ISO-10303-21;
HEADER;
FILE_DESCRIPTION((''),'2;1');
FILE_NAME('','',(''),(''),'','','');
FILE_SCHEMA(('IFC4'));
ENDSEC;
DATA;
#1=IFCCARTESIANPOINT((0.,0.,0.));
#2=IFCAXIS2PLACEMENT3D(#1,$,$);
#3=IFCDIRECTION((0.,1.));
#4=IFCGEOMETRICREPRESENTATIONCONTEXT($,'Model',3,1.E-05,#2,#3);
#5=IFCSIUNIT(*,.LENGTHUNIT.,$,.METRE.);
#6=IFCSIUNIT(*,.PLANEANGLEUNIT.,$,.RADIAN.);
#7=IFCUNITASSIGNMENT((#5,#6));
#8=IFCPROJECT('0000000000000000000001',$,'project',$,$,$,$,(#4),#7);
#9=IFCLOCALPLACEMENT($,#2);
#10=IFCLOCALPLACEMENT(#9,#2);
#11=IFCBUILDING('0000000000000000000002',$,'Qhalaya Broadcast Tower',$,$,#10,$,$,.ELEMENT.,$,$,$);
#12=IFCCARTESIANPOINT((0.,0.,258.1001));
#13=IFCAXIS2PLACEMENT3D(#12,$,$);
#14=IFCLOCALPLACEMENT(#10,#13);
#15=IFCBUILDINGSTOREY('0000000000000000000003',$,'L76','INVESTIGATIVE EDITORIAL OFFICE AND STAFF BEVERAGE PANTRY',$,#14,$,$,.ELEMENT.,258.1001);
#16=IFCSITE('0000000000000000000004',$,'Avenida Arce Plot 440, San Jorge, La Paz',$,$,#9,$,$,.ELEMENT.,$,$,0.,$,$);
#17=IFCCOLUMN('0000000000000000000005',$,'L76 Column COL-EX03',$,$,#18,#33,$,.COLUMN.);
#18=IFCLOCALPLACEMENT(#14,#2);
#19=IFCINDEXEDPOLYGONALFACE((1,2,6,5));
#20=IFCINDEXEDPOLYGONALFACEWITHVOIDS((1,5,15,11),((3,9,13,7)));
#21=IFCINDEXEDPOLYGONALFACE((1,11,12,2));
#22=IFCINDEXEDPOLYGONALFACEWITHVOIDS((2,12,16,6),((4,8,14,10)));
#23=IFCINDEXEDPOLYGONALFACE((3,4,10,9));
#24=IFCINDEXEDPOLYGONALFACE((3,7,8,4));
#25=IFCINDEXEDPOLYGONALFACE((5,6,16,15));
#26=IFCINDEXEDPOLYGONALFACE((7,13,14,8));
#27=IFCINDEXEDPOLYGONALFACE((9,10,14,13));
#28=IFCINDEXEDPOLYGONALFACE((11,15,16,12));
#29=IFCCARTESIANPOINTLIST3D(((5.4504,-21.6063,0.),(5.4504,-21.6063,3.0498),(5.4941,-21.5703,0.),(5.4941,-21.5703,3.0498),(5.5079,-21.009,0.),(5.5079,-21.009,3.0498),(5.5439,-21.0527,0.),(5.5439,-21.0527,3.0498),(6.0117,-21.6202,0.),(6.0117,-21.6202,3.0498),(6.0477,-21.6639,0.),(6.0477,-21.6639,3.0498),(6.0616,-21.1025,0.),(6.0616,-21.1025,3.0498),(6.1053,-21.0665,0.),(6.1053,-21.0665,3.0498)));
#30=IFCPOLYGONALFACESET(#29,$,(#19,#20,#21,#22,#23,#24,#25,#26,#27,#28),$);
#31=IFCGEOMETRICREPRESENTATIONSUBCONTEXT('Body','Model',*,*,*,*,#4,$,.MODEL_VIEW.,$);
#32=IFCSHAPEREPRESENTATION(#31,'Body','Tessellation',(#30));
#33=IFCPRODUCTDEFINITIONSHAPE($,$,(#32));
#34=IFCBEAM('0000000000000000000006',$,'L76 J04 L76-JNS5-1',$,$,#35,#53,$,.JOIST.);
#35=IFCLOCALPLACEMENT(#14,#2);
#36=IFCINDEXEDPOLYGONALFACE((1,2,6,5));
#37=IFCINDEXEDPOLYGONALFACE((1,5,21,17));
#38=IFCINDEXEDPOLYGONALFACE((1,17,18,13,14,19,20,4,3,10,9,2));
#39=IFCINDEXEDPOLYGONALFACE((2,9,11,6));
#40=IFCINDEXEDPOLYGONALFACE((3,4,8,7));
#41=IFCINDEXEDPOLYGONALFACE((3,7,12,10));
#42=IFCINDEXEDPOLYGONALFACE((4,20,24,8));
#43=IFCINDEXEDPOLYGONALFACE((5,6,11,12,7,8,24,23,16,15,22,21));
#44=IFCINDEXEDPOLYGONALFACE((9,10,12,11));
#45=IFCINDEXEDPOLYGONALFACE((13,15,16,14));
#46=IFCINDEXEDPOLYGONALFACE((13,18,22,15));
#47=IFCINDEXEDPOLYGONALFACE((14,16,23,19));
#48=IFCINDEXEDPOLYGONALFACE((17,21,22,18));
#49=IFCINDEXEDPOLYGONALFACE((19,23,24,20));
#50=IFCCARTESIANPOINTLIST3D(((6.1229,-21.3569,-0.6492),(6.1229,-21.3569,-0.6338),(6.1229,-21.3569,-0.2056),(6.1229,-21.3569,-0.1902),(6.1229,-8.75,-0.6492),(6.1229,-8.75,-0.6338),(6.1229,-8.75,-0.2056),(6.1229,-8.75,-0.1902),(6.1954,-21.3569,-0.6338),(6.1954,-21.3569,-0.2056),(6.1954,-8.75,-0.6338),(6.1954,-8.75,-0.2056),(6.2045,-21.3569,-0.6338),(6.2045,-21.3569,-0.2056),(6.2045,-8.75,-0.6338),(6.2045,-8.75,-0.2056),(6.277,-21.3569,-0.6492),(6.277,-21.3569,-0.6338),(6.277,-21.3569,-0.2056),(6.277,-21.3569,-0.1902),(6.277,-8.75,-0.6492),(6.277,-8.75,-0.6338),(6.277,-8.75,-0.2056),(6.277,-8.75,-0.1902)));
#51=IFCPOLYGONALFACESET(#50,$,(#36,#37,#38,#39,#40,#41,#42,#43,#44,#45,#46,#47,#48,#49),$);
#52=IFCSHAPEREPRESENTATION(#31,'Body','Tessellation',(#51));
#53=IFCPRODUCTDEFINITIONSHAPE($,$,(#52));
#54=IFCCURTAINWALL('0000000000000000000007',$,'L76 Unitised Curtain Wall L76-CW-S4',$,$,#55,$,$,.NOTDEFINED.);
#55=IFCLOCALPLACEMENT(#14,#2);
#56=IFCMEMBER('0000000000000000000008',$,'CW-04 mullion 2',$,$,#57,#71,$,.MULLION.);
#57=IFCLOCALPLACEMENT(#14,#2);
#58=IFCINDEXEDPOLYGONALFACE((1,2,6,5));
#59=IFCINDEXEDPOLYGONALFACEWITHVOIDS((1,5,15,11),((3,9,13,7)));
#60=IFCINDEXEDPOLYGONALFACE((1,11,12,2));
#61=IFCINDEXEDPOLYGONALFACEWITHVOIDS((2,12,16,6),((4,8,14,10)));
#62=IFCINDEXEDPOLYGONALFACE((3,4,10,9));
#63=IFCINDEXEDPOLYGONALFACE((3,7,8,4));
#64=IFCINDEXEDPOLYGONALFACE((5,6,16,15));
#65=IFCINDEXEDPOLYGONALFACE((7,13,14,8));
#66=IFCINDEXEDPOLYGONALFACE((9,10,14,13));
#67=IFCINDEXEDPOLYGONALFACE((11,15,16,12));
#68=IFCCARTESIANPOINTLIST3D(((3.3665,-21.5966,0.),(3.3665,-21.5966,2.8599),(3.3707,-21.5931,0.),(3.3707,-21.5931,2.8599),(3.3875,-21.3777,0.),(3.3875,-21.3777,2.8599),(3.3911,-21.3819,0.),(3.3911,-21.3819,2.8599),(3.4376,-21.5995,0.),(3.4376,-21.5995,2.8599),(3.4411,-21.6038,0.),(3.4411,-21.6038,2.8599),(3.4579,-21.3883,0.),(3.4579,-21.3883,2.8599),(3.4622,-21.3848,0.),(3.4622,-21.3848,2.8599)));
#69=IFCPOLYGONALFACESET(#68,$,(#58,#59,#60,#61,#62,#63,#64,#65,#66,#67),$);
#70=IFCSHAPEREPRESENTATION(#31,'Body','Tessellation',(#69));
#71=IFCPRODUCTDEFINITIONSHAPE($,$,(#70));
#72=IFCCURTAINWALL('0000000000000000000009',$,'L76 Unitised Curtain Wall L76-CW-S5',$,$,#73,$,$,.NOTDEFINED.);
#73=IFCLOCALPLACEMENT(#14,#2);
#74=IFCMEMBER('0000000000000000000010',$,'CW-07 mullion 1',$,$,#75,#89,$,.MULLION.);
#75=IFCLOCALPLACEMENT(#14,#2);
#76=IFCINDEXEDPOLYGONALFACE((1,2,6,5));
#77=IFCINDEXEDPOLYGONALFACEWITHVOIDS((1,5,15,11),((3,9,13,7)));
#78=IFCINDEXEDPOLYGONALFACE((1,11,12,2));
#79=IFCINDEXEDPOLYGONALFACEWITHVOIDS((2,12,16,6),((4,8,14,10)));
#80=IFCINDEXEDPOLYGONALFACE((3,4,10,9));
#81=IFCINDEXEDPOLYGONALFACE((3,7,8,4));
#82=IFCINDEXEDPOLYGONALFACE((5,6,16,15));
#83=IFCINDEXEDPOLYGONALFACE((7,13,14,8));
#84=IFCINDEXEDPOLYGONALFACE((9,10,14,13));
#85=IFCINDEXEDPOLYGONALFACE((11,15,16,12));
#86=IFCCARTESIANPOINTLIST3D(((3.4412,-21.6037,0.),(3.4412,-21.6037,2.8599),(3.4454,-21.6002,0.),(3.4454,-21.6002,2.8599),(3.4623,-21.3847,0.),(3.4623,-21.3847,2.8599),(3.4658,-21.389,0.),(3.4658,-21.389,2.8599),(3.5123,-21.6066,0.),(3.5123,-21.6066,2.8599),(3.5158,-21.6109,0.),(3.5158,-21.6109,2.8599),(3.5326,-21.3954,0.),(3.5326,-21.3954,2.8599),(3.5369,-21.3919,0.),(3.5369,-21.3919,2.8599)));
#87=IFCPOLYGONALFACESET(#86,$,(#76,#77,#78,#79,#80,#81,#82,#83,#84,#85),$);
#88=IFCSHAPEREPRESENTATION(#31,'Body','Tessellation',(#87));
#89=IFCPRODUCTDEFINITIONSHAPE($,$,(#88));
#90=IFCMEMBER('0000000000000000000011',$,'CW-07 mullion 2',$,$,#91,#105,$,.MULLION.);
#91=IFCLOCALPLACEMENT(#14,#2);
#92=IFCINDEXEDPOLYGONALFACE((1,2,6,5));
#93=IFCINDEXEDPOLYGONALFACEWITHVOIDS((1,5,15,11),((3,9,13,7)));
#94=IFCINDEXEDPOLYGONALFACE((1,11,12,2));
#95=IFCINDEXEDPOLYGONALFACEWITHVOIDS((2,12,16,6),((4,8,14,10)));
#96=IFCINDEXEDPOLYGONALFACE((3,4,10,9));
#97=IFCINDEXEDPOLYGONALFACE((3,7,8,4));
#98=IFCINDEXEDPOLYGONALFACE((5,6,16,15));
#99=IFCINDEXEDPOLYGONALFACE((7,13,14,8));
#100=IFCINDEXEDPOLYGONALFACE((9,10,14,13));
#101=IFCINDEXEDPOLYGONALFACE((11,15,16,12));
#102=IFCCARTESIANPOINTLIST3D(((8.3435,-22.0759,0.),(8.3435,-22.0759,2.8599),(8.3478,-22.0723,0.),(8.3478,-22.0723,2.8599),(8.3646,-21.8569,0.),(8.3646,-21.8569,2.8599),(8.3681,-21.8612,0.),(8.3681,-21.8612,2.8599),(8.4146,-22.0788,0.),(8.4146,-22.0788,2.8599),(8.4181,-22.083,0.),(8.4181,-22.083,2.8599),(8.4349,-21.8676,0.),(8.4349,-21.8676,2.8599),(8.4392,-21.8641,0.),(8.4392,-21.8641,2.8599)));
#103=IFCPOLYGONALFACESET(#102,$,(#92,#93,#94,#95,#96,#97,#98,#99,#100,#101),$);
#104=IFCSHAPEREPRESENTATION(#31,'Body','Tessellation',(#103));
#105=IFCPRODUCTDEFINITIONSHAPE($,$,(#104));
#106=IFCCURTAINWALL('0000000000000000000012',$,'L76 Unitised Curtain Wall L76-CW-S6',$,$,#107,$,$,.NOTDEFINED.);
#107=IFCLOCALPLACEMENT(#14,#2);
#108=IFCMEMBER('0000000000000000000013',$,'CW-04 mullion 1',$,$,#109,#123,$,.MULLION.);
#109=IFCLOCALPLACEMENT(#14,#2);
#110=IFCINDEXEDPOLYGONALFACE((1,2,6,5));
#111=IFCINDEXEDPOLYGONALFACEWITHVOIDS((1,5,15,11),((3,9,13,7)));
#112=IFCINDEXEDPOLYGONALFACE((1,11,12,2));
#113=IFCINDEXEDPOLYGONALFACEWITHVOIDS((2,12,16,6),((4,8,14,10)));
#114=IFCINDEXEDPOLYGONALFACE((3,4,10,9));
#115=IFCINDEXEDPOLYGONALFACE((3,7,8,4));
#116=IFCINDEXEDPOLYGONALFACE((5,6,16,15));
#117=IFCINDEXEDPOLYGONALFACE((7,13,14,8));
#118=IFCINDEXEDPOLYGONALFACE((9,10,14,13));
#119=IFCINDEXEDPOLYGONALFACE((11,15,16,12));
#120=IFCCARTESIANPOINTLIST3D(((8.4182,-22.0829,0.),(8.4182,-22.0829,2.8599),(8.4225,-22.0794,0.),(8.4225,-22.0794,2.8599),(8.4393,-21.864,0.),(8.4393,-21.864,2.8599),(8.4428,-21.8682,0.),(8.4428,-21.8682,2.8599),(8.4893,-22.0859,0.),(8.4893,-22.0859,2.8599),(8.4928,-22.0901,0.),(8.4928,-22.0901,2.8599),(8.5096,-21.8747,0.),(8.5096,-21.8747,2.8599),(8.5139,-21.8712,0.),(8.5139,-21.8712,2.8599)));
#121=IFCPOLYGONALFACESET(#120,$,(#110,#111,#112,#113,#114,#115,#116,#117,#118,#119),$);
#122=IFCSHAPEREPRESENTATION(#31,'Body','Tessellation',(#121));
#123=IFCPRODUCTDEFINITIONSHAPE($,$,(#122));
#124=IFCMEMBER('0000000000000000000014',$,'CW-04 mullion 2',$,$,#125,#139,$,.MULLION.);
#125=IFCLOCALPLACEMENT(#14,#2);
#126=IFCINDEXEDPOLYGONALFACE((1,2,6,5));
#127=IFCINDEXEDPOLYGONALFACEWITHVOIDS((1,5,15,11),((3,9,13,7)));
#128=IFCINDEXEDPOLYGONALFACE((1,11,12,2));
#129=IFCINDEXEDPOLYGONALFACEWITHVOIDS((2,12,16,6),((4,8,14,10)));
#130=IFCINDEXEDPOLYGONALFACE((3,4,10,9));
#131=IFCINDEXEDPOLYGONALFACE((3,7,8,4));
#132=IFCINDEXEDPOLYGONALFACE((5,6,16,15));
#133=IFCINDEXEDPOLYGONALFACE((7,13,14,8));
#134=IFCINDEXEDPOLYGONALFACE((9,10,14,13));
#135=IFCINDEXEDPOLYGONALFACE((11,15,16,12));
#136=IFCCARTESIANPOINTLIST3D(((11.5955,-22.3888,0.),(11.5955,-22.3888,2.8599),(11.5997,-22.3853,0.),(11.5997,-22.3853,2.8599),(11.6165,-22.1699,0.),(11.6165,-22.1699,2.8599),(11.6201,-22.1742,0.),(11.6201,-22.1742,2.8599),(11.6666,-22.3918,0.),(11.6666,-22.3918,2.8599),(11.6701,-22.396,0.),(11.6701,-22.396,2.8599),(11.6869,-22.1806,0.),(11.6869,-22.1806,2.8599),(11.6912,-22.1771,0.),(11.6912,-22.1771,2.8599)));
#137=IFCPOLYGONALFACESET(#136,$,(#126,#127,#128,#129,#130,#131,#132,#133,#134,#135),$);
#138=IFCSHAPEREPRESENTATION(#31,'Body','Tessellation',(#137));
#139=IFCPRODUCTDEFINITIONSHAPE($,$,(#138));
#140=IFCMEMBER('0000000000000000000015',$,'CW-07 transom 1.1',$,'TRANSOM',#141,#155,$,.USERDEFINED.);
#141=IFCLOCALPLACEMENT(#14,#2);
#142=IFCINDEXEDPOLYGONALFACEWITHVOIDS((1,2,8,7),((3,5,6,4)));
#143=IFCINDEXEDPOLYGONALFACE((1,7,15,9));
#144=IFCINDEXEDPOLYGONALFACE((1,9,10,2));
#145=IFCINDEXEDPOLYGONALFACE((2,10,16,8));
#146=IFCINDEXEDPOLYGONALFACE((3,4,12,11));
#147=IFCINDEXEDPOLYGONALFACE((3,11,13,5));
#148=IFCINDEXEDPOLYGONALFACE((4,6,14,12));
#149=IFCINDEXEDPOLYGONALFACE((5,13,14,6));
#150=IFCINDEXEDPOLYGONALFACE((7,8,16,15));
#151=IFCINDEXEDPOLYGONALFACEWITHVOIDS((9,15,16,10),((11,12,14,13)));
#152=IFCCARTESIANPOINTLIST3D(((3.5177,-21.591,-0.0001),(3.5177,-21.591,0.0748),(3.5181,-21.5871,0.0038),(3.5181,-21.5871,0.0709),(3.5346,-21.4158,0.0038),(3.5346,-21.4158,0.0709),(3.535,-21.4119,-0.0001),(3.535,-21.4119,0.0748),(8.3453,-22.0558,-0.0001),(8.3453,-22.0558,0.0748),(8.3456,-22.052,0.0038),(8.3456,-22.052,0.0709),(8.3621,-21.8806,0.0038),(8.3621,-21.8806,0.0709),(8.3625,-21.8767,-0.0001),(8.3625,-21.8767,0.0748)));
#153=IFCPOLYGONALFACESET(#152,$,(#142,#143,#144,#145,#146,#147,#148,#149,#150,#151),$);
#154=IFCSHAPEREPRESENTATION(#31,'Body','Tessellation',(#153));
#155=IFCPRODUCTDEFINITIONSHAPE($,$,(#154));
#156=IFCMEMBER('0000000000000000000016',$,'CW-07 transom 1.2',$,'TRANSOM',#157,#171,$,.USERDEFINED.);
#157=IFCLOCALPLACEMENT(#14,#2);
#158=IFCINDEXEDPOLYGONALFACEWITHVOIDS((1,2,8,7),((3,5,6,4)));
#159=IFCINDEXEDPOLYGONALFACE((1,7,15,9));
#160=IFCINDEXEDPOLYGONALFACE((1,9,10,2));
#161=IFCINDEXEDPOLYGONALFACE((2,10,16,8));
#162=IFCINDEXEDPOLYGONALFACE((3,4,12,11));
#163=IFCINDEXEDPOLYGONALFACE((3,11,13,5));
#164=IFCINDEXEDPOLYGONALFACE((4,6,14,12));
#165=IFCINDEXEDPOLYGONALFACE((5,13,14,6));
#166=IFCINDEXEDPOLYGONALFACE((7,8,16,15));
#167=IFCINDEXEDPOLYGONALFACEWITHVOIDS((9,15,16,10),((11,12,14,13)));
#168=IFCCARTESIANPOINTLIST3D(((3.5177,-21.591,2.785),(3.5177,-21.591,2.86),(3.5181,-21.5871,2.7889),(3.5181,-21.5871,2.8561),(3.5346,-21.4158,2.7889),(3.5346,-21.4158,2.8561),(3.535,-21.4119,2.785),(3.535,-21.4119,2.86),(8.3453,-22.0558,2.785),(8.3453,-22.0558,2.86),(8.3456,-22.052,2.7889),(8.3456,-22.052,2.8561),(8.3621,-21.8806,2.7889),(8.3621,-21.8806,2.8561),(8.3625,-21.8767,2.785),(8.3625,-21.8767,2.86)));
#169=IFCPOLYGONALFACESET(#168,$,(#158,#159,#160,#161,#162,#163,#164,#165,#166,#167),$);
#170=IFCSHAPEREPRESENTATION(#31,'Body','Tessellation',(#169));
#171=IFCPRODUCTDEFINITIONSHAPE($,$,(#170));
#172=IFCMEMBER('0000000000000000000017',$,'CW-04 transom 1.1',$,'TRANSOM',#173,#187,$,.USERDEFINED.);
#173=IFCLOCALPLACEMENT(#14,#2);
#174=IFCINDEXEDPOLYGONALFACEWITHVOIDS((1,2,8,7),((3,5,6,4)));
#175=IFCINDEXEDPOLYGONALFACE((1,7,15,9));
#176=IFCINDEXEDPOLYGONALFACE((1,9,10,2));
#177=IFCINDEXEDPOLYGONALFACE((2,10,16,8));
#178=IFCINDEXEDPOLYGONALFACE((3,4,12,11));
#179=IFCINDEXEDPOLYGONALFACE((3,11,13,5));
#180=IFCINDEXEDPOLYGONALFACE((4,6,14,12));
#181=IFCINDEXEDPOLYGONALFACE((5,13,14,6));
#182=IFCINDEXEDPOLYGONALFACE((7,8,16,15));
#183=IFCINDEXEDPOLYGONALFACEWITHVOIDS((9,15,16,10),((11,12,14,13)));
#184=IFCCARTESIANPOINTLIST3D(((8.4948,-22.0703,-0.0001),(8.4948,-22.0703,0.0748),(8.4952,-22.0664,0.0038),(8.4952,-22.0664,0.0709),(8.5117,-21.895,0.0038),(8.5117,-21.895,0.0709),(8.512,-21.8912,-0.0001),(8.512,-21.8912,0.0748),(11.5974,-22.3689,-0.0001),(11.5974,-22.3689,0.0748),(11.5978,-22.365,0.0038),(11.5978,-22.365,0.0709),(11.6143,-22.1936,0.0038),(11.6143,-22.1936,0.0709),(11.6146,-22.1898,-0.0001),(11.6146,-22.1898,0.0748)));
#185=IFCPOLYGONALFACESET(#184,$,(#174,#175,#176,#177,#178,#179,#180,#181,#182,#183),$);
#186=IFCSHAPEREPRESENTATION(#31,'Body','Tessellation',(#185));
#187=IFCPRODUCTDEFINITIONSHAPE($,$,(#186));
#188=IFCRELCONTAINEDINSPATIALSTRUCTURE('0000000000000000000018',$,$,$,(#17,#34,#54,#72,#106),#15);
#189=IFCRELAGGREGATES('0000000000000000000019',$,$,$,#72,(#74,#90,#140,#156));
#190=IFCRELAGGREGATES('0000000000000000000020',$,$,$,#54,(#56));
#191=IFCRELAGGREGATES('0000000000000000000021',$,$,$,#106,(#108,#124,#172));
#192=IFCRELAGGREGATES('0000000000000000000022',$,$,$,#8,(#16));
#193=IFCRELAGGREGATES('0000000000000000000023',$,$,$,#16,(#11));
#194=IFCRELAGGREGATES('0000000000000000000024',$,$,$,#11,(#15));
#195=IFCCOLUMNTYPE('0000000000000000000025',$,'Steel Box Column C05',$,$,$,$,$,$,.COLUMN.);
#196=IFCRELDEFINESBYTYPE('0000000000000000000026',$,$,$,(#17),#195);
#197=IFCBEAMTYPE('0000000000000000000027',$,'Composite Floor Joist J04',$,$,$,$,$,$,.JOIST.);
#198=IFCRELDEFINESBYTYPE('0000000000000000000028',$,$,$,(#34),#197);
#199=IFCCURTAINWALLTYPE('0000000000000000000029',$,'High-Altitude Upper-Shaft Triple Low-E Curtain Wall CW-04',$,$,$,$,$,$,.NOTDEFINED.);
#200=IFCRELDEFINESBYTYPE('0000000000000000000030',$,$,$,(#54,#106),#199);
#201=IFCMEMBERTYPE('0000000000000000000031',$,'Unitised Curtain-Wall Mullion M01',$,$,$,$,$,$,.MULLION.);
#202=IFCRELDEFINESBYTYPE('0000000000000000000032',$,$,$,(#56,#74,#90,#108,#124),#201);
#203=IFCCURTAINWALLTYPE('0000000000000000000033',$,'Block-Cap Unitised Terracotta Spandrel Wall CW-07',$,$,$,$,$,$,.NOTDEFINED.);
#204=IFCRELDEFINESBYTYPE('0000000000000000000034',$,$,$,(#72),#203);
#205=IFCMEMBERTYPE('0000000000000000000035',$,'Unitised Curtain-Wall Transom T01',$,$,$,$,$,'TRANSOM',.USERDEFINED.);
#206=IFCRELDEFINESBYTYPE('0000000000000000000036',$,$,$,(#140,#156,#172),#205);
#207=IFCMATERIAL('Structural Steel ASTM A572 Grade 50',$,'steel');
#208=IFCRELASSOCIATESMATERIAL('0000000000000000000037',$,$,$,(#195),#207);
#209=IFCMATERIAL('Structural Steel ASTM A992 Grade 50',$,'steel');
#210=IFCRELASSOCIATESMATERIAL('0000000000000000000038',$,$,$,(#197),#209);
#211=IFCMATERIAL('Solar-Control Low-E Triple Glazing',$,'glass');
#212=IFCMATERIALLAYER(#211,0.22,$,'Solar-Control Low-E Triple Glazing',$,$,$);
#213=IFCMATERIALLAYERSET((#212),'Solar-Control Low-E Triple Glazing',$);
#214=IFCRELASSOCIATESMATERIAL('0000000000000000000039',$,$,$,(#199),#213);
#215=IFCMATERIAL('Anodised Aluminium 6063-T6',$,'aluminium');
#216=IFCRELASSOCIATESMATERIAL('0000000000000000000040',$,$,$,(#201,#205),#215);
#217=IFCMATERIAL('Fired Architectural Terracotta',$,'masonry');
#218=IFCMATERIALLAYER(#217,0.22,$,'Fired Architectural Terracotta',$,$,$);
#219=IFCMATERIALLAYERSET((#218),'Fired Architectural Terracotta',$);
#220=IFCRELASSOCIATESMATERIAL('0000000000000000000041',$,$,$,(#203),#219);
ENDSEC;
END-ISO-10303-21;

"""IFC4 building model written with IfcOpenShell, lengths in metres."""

from ifc_helpers import new_model, si_unit, direction, frame, origin, origin_2d, place, context, subcontext, project, spatial, hollow_rectangle, i_section, extrude, material, layer, layer_set, material_profile, profile_set, type_object, element, aggregate, save


model = new_model("IFC4")

# Units and contexts
model_context = context("Model", 3, precision=1e-05, world=origin(), true_north=direction((0.0, 1.0)))
body_context = subcontext(model_context, "Body", "Model", "MODEL_VIEW")
ifc_project = project(units=[si_unit("LENGTHUNIT", "METRE"), si_unit("PLANEANGLEUNIT", "RADIAN")], contexts=[model_context])

# Site, building, storey
site_placement = place(None, origin())
site = spatial("IfcSite", under=ifc_project, at=site_placement, Name="Avenida Arce Plot 440, San Jorge, La Paz", CompositionType="ELEMENT", RefElevation=0.0)
building_placement = place(site_placement, origin())
building = spatial("IfcBuilding", under=site, at=building_placement, Name="Qhalaya Broadcast Tower", CompositionType="ELEMENT")
storey_placement = place(building_placement, frame((0.0, 0.0, 258.1001)))
storey = spatial("IfcBuildingStorey", under=building, at=storey_placement, Name="L76", Description="INVESTIGATIVE EDITORIAL OFFICE AND STAFF BEVERAGE PANTRY", CompositionType="ELEMENT", Elevation=258.1001)

# Column
ifc_material_1 = material(Name="Structural Steel ASTM A572 Grade 50", Category="steel")
ifc_material_profile_1 = material_profile(ifc_material_1, hollow_rectangle(XDim=0.6001, YDim=0.6001, WallThickness=0.04, at=origin_2d()), Name="BOX 600x600x40")
ifc_profile_set_1 = profile_set([ifc_material_profile_1], Name="Structural Steel ASTM A572 Grade 50")
column_type = type_object("IfcColumnType", Name="Steel Box Column C05", PredefinedType="COLUMN", material=ifc_profile_set_1)
column_placement = place(storey_placement, frame((5.7778, -21.3364, 0.0), z_axis=(0.0, 0.0, 1.0), x_axis=(0.995396, -0.095846, 0.0)))
element("IfcColumn", 1, at=column_placement, inside=storey, type_object=column_type, Name="L76 Column COL-EX03", PredefinedType="COLUMN", context=body_context, shape_type="SweptSolid", body=[
    extrude(hollow_rectangle(XDim=0.6001, YDim=0.6001, WallThickness=0.04, at=origin_2d()), origin(), (0.0, 0.0, 1.0), 3.0498),
])

# Beam
ifc_material_2 = material(Name="Structural Steel ASTM A992 Grade 50", Category="steel")
ifc_material_profile_2 = material_profile(ifc_material_2, i_section(OverallWidth=0.1541, OverallDepth=0.459, WebThickness=0.009, FlangeThickness=0.0154, at=origin_2d()), Name="W18X46")
ifc_profile_set_2 = profile_set([ifc_material_profile_2], Name="Structural Steel ASTM A992 Grade 50")
beam_type_1 = type_object("IfcBeamType", Name="Composite Floor Joist J04", PredefinedType="JOIST", material=ifc_profile_set_2)
beam_1_placement = place(storey_placement, frame((6.2, -21.3569, -0.4197), z_axis=(0.0, 1.0, 0.0), x_axis=(-1.0, 0.0, 0.0)))
element("IfcBeam", 2, at=beam_1_placement, inside=storey, type_object=beam_type_1, Name="L76 J04 L76-JNS5-1", PredefinedType="JOIST", context=body_context, shape_type="SweptSolid", body=[
    extrude(i_section(OverallWidth=0.1541, OverallDepth=0.459, WebThickness=0.009, FlangeThickness=0.0154, at=origin_2d()), origin(), (0.0, 0.0, 1.0), 12.6069),
])

# Curtain wall, member
ifc_material_3 = material(Name="Solar-Control Low-E Triple Glazing", Category="glass")
ifc_layer_1 = layer(ifc_material_3, 0.22, Name="Solar-Control Low-E Triple Glazing")
ifc_layer_set_1 = layer_set([ifc_layer_1], Name="Solar-Control Low-E Triple Glazing")
curtain_wall_type_1 = type_object("IfcCurtainWallType", Name="High-Altitude Upper-Shaft Triple Low-E Curtain Wall CW-04", PredefinedType="NOTDEFINED", material=ifc_layer_set_1)
curtain_wall_1_placement = place(storey_placement, origin())
curtain_wall_1 = element("IfcCurtainWall", 3, at=curtain_wall_1_placement, inside=storey, type_object=curtain_wall_type_1, Name="L76 Unitised Curtain Wall L76-CW-S4", PredefinedType="NOTDEFINED")
ifc_material_4 = material(Name="Anodised Aluminium 6063-T6", Category="aluminium")
ifc_material_profile_3 = material_profile(ifc_material_4, hollow_rectangle(XDim=0.075, YDim=0.22, WallThickness=0.0039, at=origin_2d()), Name="ALU-MUL 75x220x4")
ifc_profile_set_3 = profile_set([ifc_material_profile_3], Name="Anodised Aluminium 6063-T6")
member_type_1 = type_object("IfcMemberType", Name="Unitised Curtain-Wall Mullion M01", PredefinedType="MULLION", material=ifc_profile_set_3)
member_1_placement = place(storey_placement, frame((3.4143, -21.4907, 0.0), z_axis=(0.0, 0.0, 1.0), x_axis=(0.995397, -0.095838, 0.0)))
member_1 = element("IfcMember", 4, at=member_1_placement, type_object=member_type_1, Name="CW-04 mullion 2", PredefinedType="MULLION", context=body_context, shape_type="SweptSolid", body=[
    extrude(hollow_rectangle(XDim=0.075, YDim=0.22, WallThickness=0.0039, at=origin_2d()), origin(), (0.0, 0.0, 1.0), 2.8599),
])

# Curtain walls, members
ifc_material_5 = material(Name="Fired Architectural Terracotta", Category="masonry")
ifc_layer_2 = layer(ifc_material_5, 0.22, Name="Fired Architectural Terracotta")
ifc_layer_set_2 = layer_set([ifc_layer_2], Name="Fired Architectural Terracotta")
curtain_wall_type_2 = type_object("IfcCurtainWallType", Name="Block-Cap Unitised Terracotta Spandrel Wall CW-07", PredefinedType="NOTDEFINED", material=ifc_layer_set_2)
curtain_wall_2_placement = place(storey_placement, origin())
curtain_wall_2 = element("IfcCurtainWall", 5, at=curtain_wall_2_placement, inside=storey, type_object=curtain_wall_type_2, Name="L76 Unitised Curtain Wall L76-CW-S5", PredefinedType="NOTDEFINED")
member_2_placement = place(storey_placement, frame((3.489, -21.4978, 0.0), z_axis=(0.0, 0.0, 1.0), x_axis=(0.995395, -0.09586, 0.0)))
member_2 = element("IfcMember", 6, at=member_2_placement, type_object=member_type_1, Name="CW-07 mullion 1", PredefinedType="MULLION", context=body_context, shape_type="SweptSolid", body=[
    extrude(hollow_rectangle(XDim=0.075, YDim=0.22, WallThickness=0.0039, at=origin_2d()), origin(), (0.0, 0.0, 1.0), 2.8599),
])
member_3_placement = place(storey_placement, frame((8.3914, -21.97, 0.0), z_axis=(0.0, 0.0, 1.0), x_axis=(0.995395, -0.09586, 0.0)))
member_3 = element("IfcMember", 7, at=member_3_placement, type_object=member_type_1, Name="CW-07 mullion 2", PredefinedType="MULLION", context=body_context, shape_type="SweptSolid", body=[
    extrude(hollow_rectangle(XDim=0.075, YDim=0.22, WallThickness=0.0039, at=origin_2d()), origin(), (0.0, 0.0, 1.0), 2.8599),
])
curtain_wall_3_placement = place(storey_placement, origin())
curtain_wall_3 = element("IfcCurtainWall", 8, at=curtain_wall_3_placement, inside=storey, type_object=curtain_wall_type_1, Name="L76 Unitised Curtain Wall L76-CW-S6", PredefinedType="NOTDEFINED")
member_4_placement = place(storey_placement, frame((8.4661, -21.9771, 0.0), z_axis=(0.0, 0.0, 1.0), x_axis=(0.995397, -0.095836, 0.0)))
member_4 = element("IfcMember", 9, at=member_4_placement, type_object=member_type_1, Name="CW-04 mullion 1", PredefinedType="MULLION", context=body_context, shape_type="SweptSolid", body=[
    extrude(hollow_rectangle(XDim=0.075, YDim=0.22, WallThickness=0.0039, at=origin_2d()), origin(), (0.0, 0.0, 1.0), 2.8599),
])
member_5_placement = place(storey_placement, frame((11.6433, -22.283, 0.0), z_axis=(0.0, 0.0, 1.0), x_axis=(0.995397, -0.095836, 0.0)))
member_5 = element("IfcMember", 10, at=member_5_placement, type_object=member_type_1, Name="CW-04 mullion 2", PredefinedType="MULLION", context=body_context, shape_type="SweptSolid", body=[
    extrude(hollow_rectangle(XDim=0.075, YDim=0.22, WallThickness=0.0039, at=origin_2d()), origin(), (0.0, 0.0, 1.0), 2.8599),
])

# Members
ifc_material_profile_4 = material_profile(ifc_material_4, hollow_rectangle(XDim=0.075, YDim=0.1799, WallThickness=0.0039, at=origin_2d()), Name="ALU-TRN 75x180x4")
ifc_profile_set_4 = profile_set([ifc_material_profile_4], Name="Anodised Aluminium 6063-T6")
member_type_2 = type_object("IfcMemberType", Name="Unitised Curtain-Wall Transom T01", ElementType="TRANSOM", PredefinedType="USERDEFINED", material=ifc_profile_set_4)
member_6_placement = place(storey_placement, frame((3.5264, -21.5015, 0.0374), z_axis=(0.995396, -0.095845, 0.0), x_axis=(0.0, 0.0, 1.0)))
member_6 = element("IfcMember", 11, at=member_6_placement, type_object=member_type_2, Name="CW-07 transom 1.1", ObjectType="TRANSOM", PredefinedType="USERDEFINED", context=body_context, shape_type="SweptSolid", body=[
    extrude(hollow_rectangle(XDim=0.075, YDim=0.1799, WallThickness=0.0039, at=origin_2d()), origin(), (0.0, 0.0, 1.0), 4.8499),
])
member_7_placement = place(storey_placement, frame((3.5264, -21.5015, 2.8225), z_axis=(0.995396, -0.095845, 0.0), x_axis=(0.0, 0.0, 1.0)))
member_7 = element("IfcMember", 12, at=member_7_placement, type_object=member_type_2, Name="CW-07 transom 1.2", ObjectType="TRANSOM", PredefinedType="USERDEFINED", context=body_context, shape_type="SweptSolid", body=[
    extrude(hollow_rectangle(XDim=0.075, YDim=0.1799, WallThickness=0.0039, at=origin_2d()), origin(), (0.0, 0.0, 1.0), 4.8499),
])
member_8_placement = place(storey_placement, frame((8.5034, -21.9807, 0.0374), z_axis=(0.995401, -0.095796, 0.0), x_axis=(0.0, 0.0, 1.0)))
member_8 = element("IfcMember", 13, at=member_8_placement, type_object=member_type_2, Name="CW-04 transom 1.1", ObjectType="TRANSOM", PredefinedType="USERDEFINED", context=body_context, shape_type="SweptSolid", body=[
    extrude(hollow_rectangle(XDim=0.075, YDim=0.1799, WallThickness=0.0039, at=origin_2d()), origin(), (0.0, 0.0, 1.0), 3.1169),
])

aggregate(curtain_wall_2, [member_2, member_3, member_6, member_7])
aggregate(curtain_wall_1, [member_1])
aggregate(curtain_wall_3, [member_4, member_5, member_8])

save(model, "model.ifc")
